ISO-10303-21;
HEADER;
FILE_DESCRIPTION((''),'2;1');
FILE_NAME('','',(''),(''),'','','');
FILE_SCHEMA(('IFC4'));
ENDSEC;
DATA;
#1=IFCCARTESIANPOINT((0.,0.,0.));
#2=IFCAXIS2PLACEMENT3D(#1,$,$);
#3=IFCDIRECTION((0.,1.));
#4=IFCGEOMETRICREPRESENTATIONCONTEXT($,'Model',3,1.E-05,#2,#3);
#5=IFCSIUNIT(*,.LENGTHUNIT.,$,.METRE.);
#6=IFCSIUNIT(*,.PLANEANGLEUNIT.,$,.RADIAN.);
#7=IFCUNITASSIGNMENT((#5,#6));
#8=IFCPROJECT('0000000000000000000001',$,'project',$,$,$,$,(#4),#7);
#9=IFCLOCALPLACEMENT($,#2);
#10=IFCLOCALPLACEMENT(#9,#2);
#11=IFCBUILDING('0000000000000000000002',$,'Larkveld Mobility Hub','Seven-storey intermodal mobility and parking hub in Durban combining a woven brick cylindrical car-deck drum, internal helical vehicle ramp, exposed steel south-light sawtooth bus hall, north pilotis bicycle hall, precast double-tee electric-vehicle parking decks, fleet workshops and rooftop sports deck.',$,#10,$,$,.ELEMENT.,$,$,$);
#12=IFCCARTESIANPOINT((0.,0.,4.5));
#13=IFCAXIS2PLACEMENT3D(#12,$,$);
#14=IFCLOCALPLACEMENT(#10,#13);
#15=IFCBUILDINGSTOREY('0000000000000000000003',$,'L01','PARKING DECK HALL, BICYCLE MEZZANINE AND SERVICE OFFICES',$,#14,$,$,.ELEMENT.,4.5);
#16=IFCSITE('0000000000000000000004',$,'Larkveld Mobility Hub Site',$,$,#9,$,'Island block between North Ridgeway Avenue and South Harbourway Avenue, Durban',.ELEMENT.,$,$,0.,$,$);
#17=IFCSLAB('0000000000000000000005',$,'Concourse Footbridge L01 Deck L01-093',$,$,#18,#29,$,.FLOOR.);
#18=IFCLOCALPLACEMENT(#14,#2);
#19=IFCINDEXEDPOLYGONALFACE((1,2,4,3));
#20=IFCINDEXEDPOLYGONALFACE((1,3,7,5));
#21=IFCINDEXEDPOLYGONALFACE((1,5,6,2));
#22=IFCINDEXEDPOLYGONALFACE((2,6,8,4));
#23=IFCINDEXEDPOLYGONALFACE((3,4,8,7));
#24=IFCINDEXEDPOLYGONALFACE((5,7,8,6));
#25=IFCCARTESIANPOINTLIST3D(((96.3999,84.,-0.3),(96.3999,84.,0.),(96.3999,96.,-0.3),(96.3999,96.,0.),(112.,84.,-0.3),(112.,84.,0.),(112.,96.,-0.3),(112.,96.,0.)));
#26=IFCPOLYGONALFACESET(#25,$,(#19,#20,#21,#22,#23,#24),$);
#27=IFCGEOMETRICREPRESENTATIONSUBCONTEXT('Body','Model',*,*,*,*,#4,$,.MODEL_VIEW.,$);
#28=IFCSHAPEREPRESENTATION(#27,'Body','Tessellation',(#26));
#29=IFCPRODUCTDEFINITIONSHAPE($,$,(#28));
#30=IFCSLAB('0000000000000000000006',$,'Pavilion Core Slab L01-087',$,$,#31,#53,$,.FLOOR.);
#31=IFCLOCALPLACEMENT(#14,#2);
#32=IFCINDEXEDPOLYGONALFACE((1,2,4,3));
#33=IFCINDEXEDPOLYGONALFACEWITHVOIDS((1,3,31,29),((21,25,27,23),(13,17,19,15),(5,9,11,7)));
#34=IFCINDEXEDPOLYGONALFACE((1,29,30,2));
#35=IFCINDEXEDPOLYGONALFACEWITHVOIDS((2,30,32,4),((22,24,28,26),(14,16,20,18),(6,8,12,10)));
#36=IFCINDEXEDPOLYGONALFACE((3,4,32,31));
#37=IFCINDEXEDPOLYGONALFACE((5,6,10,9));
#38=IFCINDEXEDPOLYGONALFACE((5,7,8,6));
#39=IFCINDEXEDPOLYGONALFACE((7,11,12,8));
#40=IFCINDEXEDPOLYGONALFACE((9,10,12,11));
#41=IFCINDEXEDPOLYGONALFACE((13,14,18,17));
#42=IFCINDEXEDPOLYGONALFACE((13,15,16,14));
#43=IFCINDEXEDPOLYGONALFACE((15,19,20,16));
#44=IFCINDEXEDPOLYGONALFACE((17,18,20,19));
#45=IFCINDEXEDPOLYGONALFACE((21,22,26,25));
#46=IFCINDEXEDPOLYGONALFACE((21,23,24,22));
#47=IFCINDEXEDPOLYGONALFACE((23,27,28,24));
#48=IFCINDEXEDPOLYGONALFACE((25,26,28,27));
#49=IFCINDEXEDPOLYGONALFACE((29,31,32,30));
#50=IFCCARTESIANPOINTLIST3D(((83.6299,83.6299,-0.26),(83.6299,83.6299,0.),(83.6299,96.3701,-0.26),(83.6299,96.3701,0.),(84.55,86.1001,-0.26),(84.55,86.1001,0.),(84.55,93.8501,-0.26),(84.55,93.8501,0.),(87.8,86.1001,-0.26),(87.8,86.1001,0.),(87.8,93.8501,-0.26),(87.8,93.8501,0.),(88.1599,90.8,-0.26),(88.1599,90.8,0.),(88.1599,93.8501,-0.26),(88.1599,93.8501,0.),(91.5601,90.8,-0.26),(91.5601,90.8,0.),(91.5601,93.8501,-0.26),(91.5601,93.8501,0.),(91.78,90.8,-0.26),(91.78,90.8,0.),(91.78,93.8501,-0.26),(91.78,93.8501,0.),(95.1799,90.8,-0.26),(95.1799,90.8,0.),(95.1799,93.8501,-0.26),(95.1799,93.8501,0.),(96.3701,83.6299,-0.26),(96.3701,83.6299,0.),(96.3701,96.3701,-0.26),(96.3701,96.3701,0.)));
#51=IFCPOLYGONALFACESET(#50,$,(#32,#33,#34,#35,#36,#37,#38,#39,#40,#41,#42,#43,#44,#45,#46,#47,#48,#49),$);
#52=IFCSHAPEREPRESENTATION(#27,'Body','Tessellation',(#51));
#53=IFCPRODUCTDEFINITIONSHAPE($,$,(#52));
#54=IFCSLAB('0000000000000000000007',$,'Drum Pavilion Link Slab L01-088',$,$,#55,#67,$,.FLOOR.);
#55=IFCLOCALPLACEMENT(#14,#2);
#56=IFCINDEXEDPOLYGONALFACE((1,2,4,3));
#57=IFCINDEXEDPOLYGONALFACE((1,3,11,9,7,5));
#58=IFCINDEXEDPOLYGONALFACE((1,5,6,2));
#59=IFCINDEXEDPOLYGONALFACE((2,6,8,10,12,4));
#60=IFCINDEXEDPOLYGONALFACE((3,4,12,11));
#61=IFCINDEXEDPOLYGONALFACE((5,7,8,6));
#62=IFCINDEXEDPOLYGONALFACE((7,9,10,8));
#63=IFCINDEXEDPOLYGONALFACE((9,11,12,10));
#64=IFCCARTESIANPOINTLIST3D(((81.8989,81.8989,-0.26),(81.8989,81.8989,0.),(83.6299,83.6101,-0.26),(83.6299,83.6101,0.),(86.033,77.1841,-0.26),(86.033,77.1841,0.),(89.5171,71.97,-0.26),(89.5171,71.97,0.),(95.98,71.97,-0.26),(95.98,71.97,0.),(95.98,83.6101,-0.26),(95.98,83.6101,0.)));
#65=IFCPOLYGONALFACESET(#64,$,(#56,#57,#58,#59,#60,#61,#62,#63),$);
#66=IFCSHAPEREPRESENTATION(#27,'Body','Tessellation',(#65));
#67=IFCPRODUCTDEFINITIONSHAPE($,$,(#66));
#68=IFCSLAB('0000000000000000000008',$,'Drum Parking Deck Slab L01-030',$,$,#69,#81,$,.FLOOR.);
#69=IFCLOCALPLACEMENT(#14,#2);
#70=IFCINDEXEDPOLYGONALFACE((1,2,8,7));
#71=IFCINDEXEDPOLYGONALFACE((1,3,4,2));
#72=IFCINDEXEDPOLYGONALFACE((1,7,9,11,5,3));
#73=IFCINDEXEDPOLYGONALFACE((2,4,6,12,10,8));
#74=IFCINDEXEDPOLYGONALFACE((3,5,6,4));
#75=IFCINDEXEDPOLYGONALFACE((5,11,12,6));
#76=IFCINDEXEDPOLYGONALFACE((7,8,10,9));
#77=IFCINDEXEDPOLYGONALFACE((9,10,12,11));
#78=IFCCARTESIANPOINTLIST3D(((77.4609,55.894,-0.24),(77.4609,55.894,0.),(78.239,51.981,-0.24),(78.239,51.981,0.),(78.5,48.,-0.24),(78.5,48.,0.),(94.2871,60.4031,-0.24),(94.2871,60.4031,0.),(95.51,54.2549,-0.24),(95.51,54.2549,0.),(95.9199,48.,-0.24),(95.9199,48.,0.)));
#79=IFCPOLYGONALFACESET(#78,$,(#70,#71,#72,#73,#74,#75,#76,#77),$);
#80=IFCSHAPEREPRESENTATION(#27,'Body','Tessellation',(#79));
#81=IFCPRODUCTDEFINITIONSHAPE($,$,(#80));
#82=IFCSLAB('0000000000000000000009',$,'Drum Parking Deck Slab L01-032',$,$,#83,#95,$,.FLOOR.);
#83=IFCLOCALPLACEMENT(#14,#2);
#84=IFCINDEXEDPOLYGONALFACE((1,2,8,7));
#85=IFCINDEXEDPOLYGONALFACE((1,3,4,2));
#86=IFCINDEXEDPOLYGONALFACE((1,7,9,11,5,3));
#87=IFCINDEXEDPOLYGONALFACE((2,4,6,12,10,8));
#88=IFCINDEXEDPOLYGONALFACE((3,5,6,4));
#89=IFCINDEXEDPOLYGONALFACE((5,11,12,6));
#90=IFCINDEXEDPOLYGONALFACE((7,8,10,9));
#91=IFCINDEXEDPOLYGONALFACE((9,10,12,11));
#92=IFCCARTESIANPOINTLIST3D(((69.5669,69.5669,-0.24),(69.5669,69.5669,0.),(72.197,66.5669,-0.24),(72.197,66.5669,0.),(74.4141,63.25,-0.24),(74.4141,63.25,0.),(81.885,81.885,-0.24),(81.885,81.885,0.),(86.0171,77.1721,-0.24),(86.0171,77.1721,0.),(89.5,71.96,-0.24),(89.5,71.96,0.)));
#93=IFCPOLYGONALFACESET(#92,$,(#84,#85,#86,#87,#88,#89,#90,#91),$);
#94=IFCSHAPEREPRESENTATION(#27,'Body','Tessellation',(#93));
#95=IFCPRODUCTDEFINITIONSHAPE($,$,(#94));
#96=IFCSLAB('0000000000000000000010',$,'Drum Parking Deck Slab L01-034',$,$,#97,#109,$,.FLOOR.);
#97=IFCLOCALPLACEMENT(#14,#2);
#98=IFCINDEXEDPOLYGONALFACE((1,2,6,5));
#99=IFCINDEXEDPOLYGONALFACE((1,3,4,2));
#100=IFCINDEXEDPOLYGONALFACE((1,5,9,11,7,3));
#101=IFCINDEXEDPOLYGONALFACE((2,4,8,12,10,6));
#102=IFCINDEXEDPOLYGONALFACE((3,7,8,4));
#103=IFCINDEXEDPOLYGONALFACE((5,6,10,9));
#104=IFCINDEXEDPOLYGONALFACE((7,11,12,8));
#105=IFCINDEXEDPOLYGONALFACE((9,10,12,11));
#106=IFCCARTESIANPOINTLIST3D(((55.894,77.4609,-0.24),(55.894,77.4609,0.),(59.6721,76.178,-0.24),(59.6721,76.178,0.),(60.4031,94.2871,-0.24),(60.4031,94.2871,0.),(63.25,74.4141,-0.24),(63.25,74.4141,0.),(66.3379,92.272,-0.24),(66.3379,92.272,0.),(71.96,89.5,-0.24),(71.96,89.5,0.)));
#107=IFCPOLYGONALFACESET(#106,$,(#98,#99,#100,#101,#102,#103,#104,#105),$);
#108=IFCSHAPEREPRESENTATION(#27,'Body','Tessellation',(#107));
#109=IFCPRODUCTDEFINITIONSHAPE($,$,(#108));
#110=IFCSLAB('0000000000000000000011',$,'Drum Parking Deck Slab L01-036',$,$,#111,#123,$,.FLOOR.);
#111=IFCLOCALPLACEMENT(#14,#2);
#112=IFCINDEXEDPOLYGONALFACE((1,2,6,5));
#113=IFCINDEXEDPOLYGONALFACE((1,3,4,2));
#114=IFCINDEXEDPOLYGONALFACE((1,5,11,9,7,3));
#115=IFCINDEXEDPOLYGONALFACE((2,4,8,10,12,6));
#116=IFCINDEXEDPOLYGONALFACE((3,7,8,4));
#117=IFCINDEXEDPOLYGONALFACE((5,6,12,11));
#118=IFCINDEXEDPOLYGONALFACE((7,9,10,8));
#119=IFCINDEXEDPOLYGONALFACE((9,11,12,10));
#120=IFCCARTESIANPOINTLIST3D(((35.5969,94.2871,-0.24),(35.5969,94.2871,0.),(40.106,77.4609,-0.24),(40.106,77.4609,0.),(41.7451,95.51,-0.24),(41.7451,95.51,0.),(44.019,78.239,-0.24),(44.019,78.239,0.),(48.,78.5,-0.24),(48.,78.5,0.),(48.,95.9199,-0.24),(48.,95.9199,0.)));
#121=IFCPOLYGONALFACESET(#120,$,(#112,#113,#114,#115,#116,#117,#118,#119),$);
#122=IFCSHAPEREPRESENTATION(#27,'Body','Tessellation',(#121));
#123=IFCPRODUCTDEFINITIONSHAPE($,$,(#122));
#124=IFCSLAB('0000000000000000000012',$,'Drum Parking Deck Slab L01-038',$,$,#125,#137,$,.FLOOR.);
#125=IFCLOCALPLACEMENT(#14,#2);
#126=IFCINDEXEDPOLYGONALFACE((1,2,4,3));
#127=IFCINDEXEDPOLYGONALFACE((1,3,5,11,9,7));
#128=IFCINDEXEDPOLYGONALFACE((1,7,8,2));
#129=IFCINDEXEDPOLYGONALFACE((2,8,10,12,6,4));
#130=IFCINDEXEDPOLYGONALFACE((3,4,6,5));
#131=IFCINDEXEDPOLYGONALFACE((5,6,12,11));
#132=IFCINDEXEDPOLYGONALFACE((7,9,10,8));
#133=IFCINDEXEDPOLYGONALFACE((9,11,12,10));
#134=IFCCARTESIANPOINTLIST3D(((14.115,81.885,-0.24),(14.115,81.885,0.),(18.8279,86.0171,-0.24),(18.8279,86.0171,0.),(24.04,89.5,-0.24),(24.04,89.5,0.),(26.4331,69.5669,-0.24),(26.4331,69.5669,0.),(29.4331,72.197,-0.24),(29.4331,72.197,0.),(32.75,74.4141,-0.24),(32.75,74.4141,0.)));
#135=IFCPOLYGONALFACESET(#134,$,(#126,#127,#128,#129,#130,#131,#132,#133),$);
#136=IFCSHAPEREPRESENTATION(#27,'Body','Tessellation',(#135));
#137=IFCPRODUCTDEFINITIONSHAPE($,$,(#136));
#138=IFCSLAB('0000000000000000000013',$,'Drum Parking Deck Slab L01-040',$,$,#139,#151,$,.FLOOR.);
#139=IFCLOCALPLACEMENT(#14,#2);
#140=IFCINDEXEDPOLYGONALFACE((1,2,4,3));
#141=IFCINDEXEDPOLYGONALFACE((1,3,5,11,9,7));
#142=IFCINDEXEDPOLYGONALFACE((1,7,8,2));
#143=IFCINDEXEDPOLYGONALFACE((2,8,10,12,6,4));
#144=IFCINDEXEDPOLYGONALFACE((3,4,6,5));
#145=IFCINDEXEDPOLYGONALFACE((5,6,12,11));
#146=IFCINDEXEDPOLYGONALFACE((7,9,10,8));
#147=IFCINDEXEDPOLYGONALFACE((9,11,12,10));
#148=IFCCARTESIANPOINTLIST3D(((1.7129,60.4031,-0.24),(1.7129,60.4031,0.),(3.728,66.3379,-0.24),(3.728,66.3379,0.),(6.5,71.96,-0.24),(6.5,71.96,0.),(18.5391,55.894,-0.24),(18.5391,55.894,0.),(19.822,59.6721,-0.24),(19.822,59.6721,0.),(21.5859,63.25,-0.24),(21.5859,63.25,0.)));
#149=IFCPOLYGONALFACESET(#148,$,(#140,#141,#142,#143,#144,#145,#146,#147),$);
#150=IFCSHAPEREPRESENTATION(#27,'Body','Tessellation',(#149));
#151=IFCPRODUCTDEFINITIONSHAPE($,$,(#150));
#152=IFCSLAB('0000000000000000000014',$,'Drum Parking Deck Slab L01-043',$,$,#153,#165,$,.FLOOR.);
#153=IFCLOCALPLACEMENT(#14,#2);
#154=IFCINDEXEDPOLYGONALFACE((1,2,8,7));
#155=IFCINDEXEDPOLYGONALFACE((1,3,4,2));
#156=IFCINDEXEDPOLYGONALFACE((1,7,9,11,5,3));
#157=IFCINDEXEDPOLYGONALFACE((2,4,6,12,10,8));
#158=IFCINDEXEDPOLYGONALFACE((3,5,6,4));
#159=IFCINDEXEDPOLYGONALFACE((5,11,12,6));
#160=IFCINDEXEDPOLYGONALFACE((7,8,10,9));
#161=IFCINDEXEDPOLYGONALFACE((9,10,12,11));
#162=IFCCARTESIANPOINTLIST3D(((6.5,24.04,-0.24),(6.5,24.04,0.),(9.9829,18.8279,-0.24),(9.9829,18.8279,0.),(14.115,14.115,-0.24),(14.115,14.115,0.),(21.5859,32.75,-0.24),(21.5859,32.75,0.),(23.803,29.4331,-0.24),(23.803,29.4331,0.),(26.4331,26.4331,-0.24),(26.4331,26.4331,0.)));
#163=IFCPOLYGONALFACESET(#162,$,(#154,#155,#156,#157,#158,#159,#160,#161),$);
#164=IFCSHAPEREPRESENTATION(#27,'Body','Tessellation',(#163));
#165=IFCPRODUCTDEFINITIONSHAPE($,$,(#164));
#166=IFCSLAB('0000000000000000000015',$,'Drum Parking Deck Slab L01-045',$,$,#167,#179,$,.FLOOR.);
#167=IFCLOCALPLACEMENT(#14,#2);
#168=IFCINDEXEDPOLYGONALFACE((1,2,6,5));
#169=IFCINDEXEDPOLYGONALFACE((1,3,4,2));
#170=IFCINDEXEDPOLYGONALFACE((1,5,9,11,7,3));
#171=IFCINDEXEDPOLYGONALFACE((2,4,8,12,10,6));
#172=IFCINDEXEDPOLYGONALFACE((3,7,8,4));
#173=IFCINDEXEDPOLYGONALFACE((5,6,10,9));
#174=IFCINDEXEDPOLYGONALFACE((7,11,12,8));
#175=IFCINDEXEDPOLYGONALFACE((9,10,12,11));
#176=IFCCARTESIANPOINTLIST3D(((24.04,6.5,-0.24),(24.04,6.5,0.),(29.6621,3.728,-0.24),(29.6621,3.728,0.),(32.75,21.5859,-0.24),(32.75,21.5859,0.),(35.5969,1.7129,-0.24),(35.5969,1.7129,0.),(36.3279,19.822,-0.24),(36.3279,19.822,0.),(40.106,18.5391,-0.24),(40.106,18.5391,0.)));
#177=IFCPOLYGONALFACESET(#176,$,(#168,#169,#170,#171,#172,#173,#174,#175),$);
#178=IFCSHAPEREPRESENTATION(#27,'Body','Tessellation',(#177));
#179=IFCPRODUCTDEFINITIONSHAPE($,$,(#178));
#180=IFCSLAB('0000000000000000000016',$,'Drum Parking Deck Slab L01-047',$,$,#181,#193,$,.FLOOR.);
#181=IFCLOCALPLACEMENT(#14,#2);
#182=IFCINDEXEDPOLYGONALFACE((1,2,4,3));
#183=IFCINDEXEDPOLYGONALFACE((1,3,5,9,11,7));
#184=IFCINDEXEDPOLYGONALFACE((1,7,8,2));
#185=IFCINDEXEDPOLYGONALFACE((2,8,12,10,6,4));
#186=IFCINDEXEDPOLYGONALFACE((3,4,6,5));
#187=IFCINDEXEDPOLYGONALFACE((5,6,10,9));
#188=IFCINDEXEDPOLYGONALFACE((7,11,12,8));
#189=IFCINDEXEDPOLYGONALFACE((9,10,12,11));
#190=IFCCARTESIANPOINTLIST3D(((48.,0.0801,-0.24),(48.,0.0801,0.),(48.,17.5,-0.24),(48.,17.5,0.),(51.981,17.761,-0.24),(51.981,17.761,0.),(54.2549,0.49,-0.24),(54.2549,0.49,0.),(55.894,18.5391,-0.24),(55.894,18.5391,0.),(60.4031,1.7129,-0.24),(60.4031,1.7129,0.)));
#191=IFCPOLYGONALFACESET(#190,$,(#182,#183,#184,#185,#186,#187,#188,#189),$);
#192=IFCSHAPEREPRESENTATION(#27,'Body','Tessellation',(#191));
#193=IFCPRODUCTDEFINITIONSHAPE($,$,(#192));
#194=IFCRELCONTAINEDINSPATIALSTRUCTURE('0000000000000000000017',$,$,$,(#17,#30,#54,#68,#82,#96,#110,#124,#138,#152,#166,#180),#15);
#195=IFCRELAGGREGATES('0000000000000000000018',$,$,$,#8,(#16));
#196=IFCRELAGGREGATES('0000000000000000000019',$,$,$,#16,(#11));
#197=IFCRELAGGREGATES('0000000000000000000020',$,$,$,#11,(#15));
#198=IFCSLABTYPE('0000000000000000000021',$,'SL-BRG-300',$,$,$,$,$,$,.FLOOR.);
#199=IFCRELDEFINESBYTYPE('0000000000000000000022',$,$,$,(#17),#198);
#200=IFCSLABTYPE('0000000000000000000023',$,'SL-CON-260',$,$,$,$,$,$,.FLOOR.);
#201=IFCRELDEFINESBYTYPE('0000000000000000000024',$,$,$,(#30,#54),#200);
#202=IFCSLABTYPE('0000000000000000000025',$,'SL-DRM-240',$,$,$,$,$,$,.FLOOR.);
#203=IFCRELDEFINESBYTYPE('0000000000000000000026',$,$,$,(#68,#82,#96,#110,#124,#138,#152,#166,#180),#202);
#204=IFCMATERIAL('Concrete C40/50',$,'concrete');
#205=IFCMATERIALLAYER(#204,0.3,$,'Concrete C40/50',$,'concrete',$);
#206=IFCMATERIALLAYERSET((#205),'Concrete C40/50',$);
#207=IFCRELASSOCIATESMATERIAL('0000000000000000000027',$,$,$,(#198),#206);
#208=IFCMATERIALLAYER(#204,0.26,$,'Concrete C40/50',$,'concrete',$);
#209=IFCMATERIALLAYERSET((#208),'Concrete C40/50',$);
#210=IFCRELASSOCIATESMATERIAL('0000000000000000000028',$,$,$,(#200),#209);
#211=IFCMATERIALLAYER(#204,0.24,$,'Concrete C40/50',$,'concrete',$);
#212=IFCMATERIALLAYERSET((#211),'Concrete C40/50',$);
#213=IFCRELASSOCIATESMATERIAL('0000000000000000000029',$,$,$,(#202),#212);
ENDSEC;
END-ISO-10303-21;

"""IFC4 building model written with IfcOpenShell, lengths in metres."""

from ifc_helpers import new_model, si_unit, direction, frame, origin, place, context, subcontext, project, spatial, polyline, outline, extrude, material, layer, layer_set, type_object, element, save


model = new_model("IFC4")

# Units and contexts
model_context = context("Model", 3, precision=1e-05, world=origin(), true_north=direction((0.0, 1.0)))
body_context = subcontext(model_context, "Body", "Model", "MODEL_VIEW")
ifc_project = project(units=[si_unit("LENGTHUNIT", "METRE"), si_unit("PLANEANGLEUNIT", "RADIAN")], contexts=[model_context])

# Site, building, storey
site_placement = place(None, origin())
site = spatial("IfcSite", under=ifc_project, at=site_placement, Name="Larkveld Mobility Hub Site", LongName="Island block between North Ridgeway Avenue and South Harbourway Avenue, Durban", CompositionType="ELEMENT", RefElevation=0.0)
building_placement = place(site_placement, origin())
building = spatial("IfcBuilding", under=site, at=building_placement, Name="Larkveld Mobility Hub", Description="Seven-storey intermodal mobility and parking hub in Durban combining a woven brick cylindrical car-deck drum, internal helical vehicle ramp, exposed steel south-light sawtooth bus hall, north pilotis bicycle hall, precast double-tee electric-vehicle parking decks, fleet workshops and rooftop sports deck.", CompositionType="ELEMENT")
storey_placement = place(building_placement, frame((0.0, 0.0, 4.5)))
storey = spatial("IfcBuildingStorey", under=building, at=storey_placement, Name="L01", Description="PARKING DECK HALL, BICYCLE MEZZANINE AND SERVICE OFFICES", CompositionType="ELEMENT", Elevation=4.5)

# Slabs
ifc_material = material(Name="Concrete C40/50", Category="concrete")
ifc_layer_1 = layer(ifc_material, 0.3, Name="Concrete C40/50", Category="concrete")
ifc_layer_set_1 = layer_set([ifc_layer_1], Name="Concrete C40/50")
slab_type_1 = type_object("IfcSlabType", Name="SL-BRG-300", PredefinedType="FLOOR", material=ifc_layer_set_1)
slab_1_placement = place(storey_placement, frame((0.0, 0.0, -0.3)))
element("IfcSlab", 1, at=slab_1_placement, inside=storey, type_object=slab_type_1, Name="Concourse Footbridge L01 Deck L01-093", PredefinedType="FLOOR", context=body_context, shape_type="SweptSolid", body=[
    extrude(outline(polyline([(96.3999, 84.0), (112.0, 84.0), (112.0, 96.0), (96.3999, 96.0), (96.3999, 84.0)])), origin(), (0.0, 0.0, 1.0), 0.3),
])
ifc_layer_2 = layer(ifc_material, 0.26, Name="Concrete C40/50", Category="concrete")
ifc_layer_set_2 = layer_set([ifc_layer_2], Name="Concrete C40/50")
slab_type_2 = type_object("IfcSlabType", Name="SL-CON-260", PredefinedType="FLOOR", material=ifc_layer_set_2)
slab_2_placement = place(storey_placement, frame((0.0, 0.0, -0.26)))
element("IfcSlab", 2, at=slab_2_placement, inside=storey, type_object=slab_type_2, Name="Pavilion Core Slab L01-087", PredefinedType="FLOOR", context=body_context, shape_type="SweptSolid", body=[
    extrude(outline(polyline([(83.6299, 83.6299), (96.3701, 83.6299), (96.3701, 96.3701), (83.6299, 96.3701), (83.6299, 83.6299)]), holes=[polyline([(84.55, 86.1001), (84.55, 93.8501), (87.8, 93.8501), (87.8, 86.1001), (84.55, 86.1001)]), polyline([(88.1599, 90.8), (88.1599, 93.8501), (91.5601, 93.8501), (91.5601, 90.8), (88.1599, 90.8)]), polyline([(91.78, 90.8), (91.78, 93.8501), (95.1799, 93.8501), (95.1799, 90.8), (91.78, 90.8)])]), origin(), (0.0, 0.0, 1.0), 0.26),
])
slab_3_placement = place(storey_placement, frame((0.0, 0.0, -0.26)))
element("IfcSlab", 3, at=slab_3_placement, inside=storey, type_object=slab_type_2, Name="Drum Pavilion Link Slab L01-088", PredefinedType="FLOOR", context=body_context, shape_type="SweptSolid", body=[
    extrude(outline(polyline([(89.5171, 71.97), (95.98, 71.97), (95.98, 83.6101), (83.6299, 83.6101), (81.8989, 81.8989), (86.033, 77.1841), (89.5171, 71.97)])), origin(), (0.0, 0.0, 1.0), 0.26),
])
ifc_layer_3 = layer(ifc_material, 0.24, Name="Concrete C40/50", Category="concrete")
ifc_layer_set_3 = layer_set([ifc_layer_3], Name="Concrete C40/50")
slab_type_3 = type_object("IfcSlabType", Name="SL-DRM-240", PredefinedType="FLOOR", material=ifc_layer_set_3)
slab_4_placement = place(storey_placement, frame((0.0, 0.0, -0.24)))
element("IfcSlab", 4, at=slab_4_placement, inside=storey, type_object=slab_type_3, Name="Drum Parking Deck Slab L01-030", PredefinedType="FLOOR", context=body_context, shape_type="SweptSolid", body=[
    extrude(outline(polyline([(95.9199, 48.0), (95.51, 54.2549), (94.2871, 60.4031), (77.4609, 55.894), (78.239, 51.981), (78.5, 48.0), (95.9199, 48.0)])), origin(), (0.0, 0.0, 1.0), 0.24),
])
slab_5_placement = place(storey_placement, frame((0.0, 0.0, -0.24)))
element("IfcSlab", 5, at=slab_5_placement, inside=storey, type_object=slab_type_3, Name="Drum Parking Deck Slab L01-032", PredefinedType="FLOOR", context=body_context, shape_type="SweptSolid", body=[
    extrude(outline(polyline([(89.5, 71.96), (86.0171, 77.1721), (81.885, 81.885), (69.5669, 69.5669), (72.197, 66.5669), (74.4141, 63.25), (89.5, 71.96)])), origin(), (0.0, 0.0, 1.0), 0.24),
])
slab_6_placement = place(storey_placement, frame((0.0, 0.0, -0.24)))
element("IfcSlab", 6, at=slab_6_placement, inside=storey, type_object=slab_type_3, Name="Drum Parking Deck Slab L01-034", PredefinedType="FLOOR", context=body_context, shape_type="SweptSolid", body=[
    extrude(outline(polyline([(71.96, 89.5), (66.3379, 92.272), (60.4031, 94.2871), (55.894, 77.4609), (59.6721, 76.178), (63.25, 74.4141), (71.96, 89.5)])), origin(), (0.0, 0.0, 1.0), 0.24),
])
slab_7_placement = place(storey_placement, frame((0.0, 0.0, -0.24)))
element("IfcSlab", 7, at=slab_7_placement, inside=storey, type_object=slab_type_3, Name="Drum Parking Deck Slab L01-036", PredefinedType="FLOOR", context=body_context, shape_type="SweptSolid", body=[
    extrude(outline(polyline([(48.0, 95.9199), (41.7451, 95.51), (35.5969, 94.2871), (40.106, 77.4609), (44.019, 78.239), (48.0, 78.5), (48.0, 95.9199)])), origin(), (0.0, 0.0, 1.0), 0.24),
])
slab_8_placement = place(storey_placement, frame((0.0, 0.0, -0.24)))
element("IfcSlab", 8, at=slab_8_placement, inside=storey, type_object=slab_type_3, Name="Drum Parking Deck Slab L01-038", PredefinedType="FLOOR", context=body_context, shape_type="SweptSolid", body=[
    extrude(outline(polyline([(24.04, 89.5), (18.8279, 86.0171), (14.115, 81.885), (26.4331, 69.5669), (29.4331, 72.197), (32.75, 74.4141), (24.04, 89.5)])), origin(), (0.0, 0.0, 1.0), 0.24),
])
slab_9_placement = place(storey_placement, frame((0.0, 0.0, -0.24)))
element("IfcSlab", 9, at=slab_9_placement, inside=storey, type_object=slab_type_3, Name="Drum Parking Deck Slab L01-040", PredefinedType="FLOOR", context=body_context, shape_type="SweptSolid", body=[
    extrude(outline(polyline([(6.5, 71.96), (3.728, 66.3379), (1.7129, 60.4031), (18.5391, 55.894), (19.822, 59.6721), (21.5859, 63.25), (6.5, 71.96)])), origin(), (0.0, 0.0, 1.0), 0.24),
])
slab_10_placement = place(storey_placement, frame((0.0, 0.0, -0.24)))
element("IfcSlab", 10, at=slab_10_placement, inside=storey, type_object=slab_type_3, Name="Drum Parking Deck Slab L01-043", PredefinedType="FLOOR", context=body_context, shape_type="SweptSolid", body=[
    extrude(outline(polyline([(6.5, 24.04), (9.9829, 18.8279), (14.115, 14.115), (26.4331, 26.4331), (23.803, 29.4331), (21.5859, 32.75), (6.5, 24.04)])), origin(), (0.0, 0.0, 1.0), 0.24),
])
slab_11_placement = place(storey_placement, frame((0.0, 0.0, -0.24)))
element("IfcSlab", 11, at=slab_11_placement, inside=storey, type_object=slab_type_3, Name="Drum Parking Deck Slab L01-045", PredefinedType="FLOOR", context=body_context, shape_type="SweptSolid", body=[
    extrude(outline(polyline([(24.04, 6.5), (29.6621, 3.728), (35.5969, 1.7129), (40.106, 18.5391), (36.3279, 19.822), (32.75, 21.5859), (24.04, 6.5)])), origin(), (0.0, 0.0, 1.0), 0.24),
])
slab_12_placement = place(storey_placement, frame((0.0, 0.0, -0.24)))
element("IfcSlab", 12, at=slab_12_placement, inside=storey, type_object=slab_type_3, Name="Drum Parking Deck Slab L01-047", PredefinedType="FLOOR", context=body_context, shape_type="SweptSolid", body=[
    extrude(outline(polyline([(48.0, 0.0801), (54.2549, 0.49), (60.4031, 1.7129), (55.894, 18.5391), (51.981, 17.761), (48.0, 17.5), (48.0, 0.0801)])), origin(), (0.0, 0.0, 1.0), 0.24),
])

save(model, "model.ifc")
